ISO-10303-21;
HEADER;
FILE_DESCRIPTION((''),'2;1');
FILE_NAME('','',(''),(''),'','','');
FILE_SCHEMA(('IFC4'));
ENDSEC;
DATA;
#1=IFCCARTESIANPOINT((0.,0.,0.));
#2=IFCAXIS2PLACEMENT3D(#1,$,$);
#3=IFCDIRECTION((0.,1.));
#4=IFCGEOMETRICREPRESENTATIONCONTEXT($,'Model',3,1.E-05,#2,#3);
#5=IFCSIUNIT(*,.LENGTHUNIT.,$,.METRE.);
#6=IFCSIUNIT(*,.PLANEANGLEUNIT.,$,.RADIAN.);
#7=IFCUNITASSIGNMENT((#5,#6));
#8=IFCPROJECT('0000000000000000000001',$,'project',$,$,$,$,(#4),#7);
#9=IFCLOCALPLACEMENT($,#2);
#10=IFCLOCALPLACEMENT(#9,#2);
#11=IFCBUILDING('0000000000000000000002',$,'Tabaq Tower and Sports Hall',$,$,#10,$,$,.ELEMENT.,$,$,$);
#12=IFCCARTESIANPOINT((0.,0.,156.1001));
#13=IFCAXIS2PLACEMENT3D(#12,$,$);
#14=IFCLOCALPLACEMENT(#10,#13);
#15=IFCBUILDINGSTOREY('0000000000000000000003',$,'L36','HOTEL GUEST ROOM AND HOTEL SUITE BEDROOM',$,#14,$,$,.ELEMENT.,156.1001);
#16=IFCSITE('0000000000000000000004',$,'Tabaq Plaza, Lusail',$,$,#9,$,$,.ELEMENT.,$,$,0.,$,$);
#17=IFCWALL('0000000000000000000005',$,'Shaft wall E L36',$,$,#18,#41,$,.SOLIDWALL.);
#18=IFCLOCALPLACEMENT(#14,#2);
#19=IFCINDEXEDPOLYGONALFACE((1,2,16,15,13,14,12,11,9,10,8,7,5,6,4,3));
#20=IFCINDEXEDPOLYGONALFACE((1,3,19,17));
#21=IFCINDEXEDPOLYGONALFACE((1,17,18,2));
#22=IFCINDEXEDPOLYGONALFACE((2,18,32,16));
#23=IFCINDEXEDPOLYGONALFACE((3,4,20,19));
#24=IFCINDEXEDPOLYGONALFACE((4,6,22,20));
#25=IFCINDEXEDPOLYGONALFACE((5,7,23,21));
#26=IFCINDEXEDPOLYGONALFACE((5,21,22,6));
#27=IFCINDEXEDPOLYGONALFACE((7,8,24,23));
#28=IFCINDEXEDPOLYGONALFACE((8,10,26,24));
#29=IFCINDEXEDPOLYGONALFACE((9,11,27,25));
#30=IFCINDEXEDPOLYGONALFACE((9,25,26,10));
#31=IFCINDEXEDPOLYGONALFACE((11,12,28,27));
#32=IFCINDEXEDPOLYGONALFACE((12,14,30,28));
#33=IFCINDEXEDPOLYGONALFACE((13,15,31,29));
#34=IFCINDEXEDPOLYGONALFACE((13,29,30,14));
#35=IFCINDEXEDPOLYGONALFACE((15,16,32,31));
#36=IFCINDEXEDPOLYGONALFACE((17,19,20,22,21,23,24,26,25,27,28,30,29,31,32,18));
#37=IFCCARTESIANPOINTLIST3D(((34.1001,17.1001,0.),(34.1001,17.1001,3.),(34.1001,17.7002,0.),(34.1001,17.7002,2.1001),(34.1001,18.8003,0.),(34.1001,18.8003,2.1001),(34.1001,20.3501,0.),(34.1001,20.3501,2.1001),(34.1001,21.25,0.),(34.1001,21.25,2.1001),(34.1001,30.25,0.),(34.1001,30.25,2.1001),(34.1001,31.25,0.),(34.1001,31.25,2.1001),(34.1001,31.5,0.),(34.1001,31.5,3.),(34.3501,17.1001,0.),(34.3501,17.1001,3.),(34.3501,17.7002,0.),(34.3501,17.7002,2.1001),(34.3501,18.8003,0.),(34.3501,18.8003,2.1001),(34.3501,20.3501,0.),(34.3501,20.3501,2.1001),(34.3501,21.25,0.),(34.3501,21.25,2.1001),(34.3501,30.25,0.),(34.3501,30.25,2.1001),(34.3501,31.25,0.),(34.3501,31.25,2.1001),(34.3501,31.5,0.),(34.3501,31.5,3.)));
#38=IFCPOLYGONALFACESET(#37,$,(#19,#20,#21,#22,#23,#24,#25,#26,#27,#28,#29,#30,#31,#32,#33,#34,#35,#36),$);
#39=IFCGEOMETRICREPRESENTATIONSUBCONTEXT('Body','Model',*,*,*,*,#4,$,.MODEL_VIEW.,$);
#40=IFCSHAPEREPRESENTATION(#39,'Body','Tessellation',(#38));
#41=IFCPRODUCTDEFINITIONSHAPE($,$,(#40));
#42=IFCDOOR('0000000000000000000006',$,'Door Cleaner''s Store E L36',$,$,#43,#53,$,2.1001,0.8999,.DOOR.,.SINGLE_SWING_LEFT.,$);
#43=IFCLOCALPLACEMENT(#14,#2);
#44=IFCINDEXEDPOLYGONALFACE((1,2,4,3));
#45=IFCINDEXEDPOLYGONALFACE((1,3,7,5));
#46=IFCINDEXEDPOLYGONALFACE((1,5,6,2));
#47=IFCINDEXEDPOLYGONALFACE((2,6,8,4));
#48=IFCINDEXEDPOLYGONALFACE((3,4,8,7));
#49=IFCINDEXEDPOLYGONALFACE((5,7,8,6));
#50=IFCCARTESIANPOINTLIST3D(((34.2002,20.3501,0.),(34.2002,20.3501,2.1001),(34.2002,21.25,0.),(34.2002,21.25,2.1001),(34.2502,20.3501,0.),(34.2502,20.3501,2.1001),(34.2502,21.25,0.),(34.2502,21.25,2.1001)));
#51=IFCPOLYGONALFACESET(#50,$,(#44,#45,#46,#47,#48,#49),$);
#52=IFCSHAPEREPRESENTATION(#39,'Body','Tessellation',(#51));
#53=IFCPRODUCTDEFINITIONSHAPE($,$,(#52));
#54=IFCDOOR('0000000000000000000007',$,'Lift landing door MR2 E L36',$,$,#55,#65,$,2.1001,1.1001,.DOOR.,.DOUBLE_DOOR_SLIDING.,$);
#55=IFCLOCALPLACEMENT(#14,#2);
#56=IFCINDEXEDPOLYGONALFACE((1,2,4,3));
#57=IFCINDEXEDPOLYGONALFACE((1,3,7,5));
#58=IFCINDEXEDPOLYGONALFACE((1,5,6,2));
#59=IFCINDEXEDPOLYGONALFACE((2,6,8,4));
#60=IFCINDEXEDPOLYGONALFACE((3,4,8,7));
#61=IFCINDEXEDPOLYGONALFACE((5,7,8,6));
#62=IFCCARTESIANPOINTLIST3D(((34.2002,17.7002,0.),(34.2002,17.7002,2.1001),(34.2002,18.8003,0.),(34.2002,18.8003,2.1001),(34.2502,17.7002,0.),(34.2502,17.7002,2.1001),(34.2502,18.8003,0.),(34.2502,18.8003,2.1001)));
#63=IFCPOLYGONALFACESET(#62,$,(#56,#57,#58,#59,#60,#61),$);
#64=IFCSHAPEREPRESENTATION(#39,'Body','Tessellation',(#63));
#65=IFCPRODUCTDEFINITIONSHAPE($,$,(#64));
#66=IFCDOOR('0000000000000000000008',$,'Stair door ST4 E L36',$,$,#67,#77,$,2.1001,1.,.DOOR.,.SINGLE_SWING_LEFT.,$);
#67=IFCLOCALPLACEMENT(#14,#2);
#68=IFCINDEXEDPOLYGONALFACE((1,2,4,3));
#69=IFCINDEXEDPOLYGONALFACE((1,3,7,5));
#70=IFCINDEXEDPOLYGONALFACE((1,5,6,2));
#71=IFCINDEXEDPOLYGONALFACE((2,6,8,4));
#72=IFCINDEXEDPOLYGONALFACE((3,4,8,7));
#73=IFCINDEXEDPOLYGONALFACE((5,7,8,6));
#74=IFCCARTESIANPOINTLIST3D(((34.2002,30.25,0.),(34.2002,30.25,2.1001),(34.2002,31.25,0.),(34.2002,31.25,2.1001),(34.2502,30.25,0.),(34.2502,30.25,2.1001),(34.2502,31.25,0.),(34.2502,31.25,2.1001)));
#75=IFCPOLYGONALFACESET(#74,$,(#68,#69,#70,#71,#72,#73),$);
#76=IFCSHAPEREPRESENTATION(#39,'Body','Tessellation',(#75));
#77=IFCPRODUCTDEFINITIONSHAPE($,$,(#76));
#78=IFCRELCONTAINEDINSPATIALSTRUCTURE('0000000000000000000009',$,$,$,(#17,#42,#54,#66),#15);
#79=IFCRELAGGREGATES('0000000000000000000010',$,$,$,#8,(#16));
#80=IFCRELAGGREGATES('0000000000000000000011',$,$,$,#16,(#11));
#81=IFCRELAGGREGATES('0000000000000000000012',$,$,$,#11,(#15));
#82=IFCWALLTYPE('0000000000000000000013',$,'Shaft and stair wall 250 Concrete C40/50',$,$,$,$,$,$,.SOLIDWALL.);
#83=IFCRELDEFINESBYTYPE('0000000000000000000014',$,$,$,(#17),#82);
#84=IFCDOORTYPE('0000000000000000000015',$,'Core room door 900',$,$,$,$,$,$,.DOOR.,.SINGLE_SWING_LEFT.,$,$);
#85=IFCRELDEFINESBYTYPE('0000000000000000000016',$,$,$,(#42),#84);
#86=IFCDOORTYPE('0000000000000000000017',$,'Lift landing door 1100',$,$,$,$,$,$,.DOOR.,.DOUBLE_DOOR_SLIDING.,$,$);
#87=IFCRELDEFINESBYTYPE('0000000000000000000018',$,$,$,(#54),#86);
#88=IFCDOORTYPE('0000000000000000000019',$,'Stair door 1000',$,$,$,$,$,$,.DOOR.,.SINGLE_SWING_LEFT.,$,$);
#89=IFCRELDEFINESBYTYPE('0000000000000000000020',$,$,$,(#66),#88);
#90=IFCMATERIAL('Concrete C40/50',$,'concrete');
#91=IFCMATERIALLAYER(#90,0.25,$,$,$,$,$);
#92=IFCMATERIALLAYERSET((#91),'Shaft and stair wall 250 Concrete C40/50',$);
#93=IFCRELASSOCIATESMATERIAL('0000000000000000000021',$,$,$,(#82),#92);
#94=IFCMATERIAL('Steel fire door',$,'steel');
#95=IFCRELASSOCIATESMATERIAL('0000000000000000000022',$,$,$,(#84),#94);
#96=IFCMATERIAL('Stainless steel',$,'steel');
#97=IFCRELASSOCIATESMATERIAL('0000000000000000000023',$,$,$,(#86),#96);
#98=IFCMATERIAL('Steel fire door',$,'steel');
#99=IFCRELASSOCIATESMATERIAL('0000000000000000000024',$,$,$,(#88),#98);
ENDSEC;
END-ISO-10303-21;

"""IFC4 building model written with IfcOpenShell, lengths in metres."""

from ifc_helpers import new_model, si_unit, direction, frame, frame_2d, origin, place, context, subcontext, project, spatial, rectangle, extrude, material, layer, layer_set, type_object, element, fill, save


model = new_model("IFC4")

# Units and contexts
model_context = context("Model", 3, precision=1e-05, world=origin(), true_north=direction((0.0, 1.0)))
body_context = subcontext(model_context, "Body", "Model", "MODEL_VIEW")
ifc_project = project(units=[si_unit("LENGTHUNIT", "METRE"), si_unit("PLANEANGLEUNIT", "RADIAN")], contexts=[model_context])

# Site, building, storey
site_placement = place(None, origin())
site = spatial("IfcSite", under=ifc_project, at=site_placement, Name="Tabaq Plaza, Lusail", CompositionType="ELEMENT", RefElevation=0.0)
building_placement = place(site_placement, origin())
building = spatial("IfcBuilding", under=site, at=building_placement, Name="Tabaq Tower and Sports Hall", CompositionType="ELEMENT")
storey_placement = place(building_placement, frame((0.0, 0.0, 156.1001)))
storey = spatial("IfcBuildingStorey", under=building, at=storey_placement, Name="L36", Description="HOTEL GUEST ROOM AND HOTEL SUITE BEDROOM", CompositionType="ELEMENT", Elevation=156.1001)

# Wall, openings, doors
ifc_material_1 = material(Name="Concrete C40/50", Category="concrete")
ifc_layer_1 = layer(ifc_material_1, 0.25)
ifc_layer_set_1 = layer_set([ifc_layer_1], Name="Shaft and stair wall 250 Concrete C40/50")
wall_type_1 = type_object("IfcWallType", Name="Shaft and stair wall 250 Concrete C40/50", PredefinedType="SOLIDWALL", material=ifc_layer_set_1)
wall_1_placement = place(storey_placement, frame((34.2251, 17.1001, 0.0), z_axis=(0.0, 0.0, 1.0), x_axis=(0.0, 1.0, 0.0)))
wall_1 = element("IfcWall", 1, at=wall_1_placement, inside=storey, type_object=wall_type_1, Name="Shaft wall E L36", PredefinedType="SOLIDWALL", context=body_context, shape_type="SweptSolid", body=[
    extrude(rectangle(XDim=14.3999, YDim=0.25, at=frame_2d((7.2, 0.0))), origin(), (0.0, 0.0, 1.0), 3.0),
])
opening_1_placement = place(wall_1_placement, frame((13.1499, 0.0, 0.0)))
opening_1 = element("IfcOpeningElement", 2, at=opening_1_placement, cuts=wall_1, PredefinedType="OPENING", context=body_context, shape_type="SweptSolid", body=[
    extrude(rectangle(XDim=1.0, YDim=2.1001, at=frame_2d((0.5, 1.05))), frame((0.0, 0.125, 0.0), z_axis=(0.0, -1.0, 0.0), x_axis=(1.0, 0.0, 0.0)), (0.0, 0.0, 1.0), 0.25),
])
opening_2_placement = place(wall_1_placement, frame((0.6001, 0.0, 0.0)))
opening_2 = element("IfcOpeningElement", 3, at=opening_2_placement, cuts=wall_1, PredefinedType="OPENING", context=body_context, shape_type="SweptSolid", body=[
    extrude(rectangle(XDim=1.1001, YDim=2.1001, at=frame_2d((0.55, 1.05))), frame((0.0, 0.125, 0.0), z_axis=(0.0, -1.0, 0.0), x_axis=(1.0, 0.0, 0.0)), (0.0, 0.0, 1.0), 0.25),
])
opening_3_placement = place(wall_1_placement, frame((3.25, 0.0, 0.0)))
opening_3 = element("IfcOpeningElement", 4, at=opening_3_placement, cuts=wall_1, PredefinedType="OPENING", context=body_context, shape_type="SweptSolid", body=[
    extrude(rectangle(XDim=0.8999, YDim=2.1001, at=frame_2d((0.45, 1.05))), frame((0.0, 0.125, 0.0), z_axis=(0.0, -1.0, 0.0), x_axis=(1.0, 0.0, 0.0)), (0.0, 0.0, 1.0), 0.25),
])
ifc_material_2 = material(Name="Steel fire door", Category="steel")
door_type_1 = type_object("IfcDoorType", Name="Core room door 900", OperationType="SINGLE_SWING_LEFT", PredefinedType="DOOR", material=ifc_material_2)
door_1_placement = place(opening_3_placement, origin())
door_1 = element("IfcDoor", 5, at=door_1_placement, inside=storey, type_object=door_type_1, Name="Door Cleaner's Store E L36", OperationType="SINGLE_SWING_LEFT", OverallHeight=2.1001, OverallWidth=0.8999, PredefinedType="DOOR", context=body_context, shape_type="SweptSolid", body=[
    extrude(rectangle(XDim=0.8999, YDim=2.1001, at=frame_2d((0.45, 1.05))), frame((0.0, 0.0249, 0.0), z_axis=(0.0, -1.0, 0.0), x_axis=(1.0, 0.0, 0.0)), (0.0, 0.0, 1.0), 0.05),
])
fill(opening_3, door_1)
ifc_material_3 = material(Name="Stainless steel", Category="steel")
door_type_2 = type_object("IfcDoorType", Name="Lift landing door 1100", OperationType="DOUBLE_DOOR_SLIDING", PredefinedType="DOOR", material=ifc_material_3)
door_2_placement = place(opening_2_placement, origin())
door_2 = element("IfcDoor", 6, at=door_2_placement, inside=storey, type_object=door_type_2, Name="Lift landing door MR2 E L36", OperationType="DOUBLE_DOOR_SLIDING", OverallHeight=2.1001, OverallWidth=1.1001, PredefinedType="DOOR", context=body_context, shape_type="SweptSolid", body=[
    extrude(rectangle(XDim=1.1001, YDim=2.1001, at=frame_2d((0.55, 1.05))), frame((0.0, 0.0249, 0.0), z_axis=(0.0, -1.0, 0.0), x_axis=(1.0, 0.0, 0.0)), (0.0, 0.0, 1.0), 0.05),
])
fill(opening_2, door_2)
ifc_material_4 = material(Name="Steel fire door", Category="steel")
door_type_3 = type_object("IfcDoorType", Name="Stair door 1000", OperationType="SINGLE_SWING_LEFT", PredefinedType="DOOR", material=ifc_material_4)
door_3_placement = place(opening_1_placement, origin())
door_3 = element("IfcDoor", 7, at=door_3_placement, inside=storey, type_object=door_type_3, Name="Stair door ST4 E L36", OperationType="SINGLE_SWING_LEFT", OverallHeight=2.1001, OverallWidth=1.0, PredefinedType="DOOR", context=body_context, shape_type="SweptSolid", body=[
    extrude(rectangle(XDim=1.0, YDim=2.1001, at=frame_2d((0.5, 1.05))), frame((0.0, 0.0249, 0.0), z_axis=(0.0, -1.0, 0.0), x_axis=(1.0, 0.0, 0.0)), (0.0, 0.0, 1.0), 0.05),
])
fill(opening_1, door_3)

save(model, "model.ifc")
